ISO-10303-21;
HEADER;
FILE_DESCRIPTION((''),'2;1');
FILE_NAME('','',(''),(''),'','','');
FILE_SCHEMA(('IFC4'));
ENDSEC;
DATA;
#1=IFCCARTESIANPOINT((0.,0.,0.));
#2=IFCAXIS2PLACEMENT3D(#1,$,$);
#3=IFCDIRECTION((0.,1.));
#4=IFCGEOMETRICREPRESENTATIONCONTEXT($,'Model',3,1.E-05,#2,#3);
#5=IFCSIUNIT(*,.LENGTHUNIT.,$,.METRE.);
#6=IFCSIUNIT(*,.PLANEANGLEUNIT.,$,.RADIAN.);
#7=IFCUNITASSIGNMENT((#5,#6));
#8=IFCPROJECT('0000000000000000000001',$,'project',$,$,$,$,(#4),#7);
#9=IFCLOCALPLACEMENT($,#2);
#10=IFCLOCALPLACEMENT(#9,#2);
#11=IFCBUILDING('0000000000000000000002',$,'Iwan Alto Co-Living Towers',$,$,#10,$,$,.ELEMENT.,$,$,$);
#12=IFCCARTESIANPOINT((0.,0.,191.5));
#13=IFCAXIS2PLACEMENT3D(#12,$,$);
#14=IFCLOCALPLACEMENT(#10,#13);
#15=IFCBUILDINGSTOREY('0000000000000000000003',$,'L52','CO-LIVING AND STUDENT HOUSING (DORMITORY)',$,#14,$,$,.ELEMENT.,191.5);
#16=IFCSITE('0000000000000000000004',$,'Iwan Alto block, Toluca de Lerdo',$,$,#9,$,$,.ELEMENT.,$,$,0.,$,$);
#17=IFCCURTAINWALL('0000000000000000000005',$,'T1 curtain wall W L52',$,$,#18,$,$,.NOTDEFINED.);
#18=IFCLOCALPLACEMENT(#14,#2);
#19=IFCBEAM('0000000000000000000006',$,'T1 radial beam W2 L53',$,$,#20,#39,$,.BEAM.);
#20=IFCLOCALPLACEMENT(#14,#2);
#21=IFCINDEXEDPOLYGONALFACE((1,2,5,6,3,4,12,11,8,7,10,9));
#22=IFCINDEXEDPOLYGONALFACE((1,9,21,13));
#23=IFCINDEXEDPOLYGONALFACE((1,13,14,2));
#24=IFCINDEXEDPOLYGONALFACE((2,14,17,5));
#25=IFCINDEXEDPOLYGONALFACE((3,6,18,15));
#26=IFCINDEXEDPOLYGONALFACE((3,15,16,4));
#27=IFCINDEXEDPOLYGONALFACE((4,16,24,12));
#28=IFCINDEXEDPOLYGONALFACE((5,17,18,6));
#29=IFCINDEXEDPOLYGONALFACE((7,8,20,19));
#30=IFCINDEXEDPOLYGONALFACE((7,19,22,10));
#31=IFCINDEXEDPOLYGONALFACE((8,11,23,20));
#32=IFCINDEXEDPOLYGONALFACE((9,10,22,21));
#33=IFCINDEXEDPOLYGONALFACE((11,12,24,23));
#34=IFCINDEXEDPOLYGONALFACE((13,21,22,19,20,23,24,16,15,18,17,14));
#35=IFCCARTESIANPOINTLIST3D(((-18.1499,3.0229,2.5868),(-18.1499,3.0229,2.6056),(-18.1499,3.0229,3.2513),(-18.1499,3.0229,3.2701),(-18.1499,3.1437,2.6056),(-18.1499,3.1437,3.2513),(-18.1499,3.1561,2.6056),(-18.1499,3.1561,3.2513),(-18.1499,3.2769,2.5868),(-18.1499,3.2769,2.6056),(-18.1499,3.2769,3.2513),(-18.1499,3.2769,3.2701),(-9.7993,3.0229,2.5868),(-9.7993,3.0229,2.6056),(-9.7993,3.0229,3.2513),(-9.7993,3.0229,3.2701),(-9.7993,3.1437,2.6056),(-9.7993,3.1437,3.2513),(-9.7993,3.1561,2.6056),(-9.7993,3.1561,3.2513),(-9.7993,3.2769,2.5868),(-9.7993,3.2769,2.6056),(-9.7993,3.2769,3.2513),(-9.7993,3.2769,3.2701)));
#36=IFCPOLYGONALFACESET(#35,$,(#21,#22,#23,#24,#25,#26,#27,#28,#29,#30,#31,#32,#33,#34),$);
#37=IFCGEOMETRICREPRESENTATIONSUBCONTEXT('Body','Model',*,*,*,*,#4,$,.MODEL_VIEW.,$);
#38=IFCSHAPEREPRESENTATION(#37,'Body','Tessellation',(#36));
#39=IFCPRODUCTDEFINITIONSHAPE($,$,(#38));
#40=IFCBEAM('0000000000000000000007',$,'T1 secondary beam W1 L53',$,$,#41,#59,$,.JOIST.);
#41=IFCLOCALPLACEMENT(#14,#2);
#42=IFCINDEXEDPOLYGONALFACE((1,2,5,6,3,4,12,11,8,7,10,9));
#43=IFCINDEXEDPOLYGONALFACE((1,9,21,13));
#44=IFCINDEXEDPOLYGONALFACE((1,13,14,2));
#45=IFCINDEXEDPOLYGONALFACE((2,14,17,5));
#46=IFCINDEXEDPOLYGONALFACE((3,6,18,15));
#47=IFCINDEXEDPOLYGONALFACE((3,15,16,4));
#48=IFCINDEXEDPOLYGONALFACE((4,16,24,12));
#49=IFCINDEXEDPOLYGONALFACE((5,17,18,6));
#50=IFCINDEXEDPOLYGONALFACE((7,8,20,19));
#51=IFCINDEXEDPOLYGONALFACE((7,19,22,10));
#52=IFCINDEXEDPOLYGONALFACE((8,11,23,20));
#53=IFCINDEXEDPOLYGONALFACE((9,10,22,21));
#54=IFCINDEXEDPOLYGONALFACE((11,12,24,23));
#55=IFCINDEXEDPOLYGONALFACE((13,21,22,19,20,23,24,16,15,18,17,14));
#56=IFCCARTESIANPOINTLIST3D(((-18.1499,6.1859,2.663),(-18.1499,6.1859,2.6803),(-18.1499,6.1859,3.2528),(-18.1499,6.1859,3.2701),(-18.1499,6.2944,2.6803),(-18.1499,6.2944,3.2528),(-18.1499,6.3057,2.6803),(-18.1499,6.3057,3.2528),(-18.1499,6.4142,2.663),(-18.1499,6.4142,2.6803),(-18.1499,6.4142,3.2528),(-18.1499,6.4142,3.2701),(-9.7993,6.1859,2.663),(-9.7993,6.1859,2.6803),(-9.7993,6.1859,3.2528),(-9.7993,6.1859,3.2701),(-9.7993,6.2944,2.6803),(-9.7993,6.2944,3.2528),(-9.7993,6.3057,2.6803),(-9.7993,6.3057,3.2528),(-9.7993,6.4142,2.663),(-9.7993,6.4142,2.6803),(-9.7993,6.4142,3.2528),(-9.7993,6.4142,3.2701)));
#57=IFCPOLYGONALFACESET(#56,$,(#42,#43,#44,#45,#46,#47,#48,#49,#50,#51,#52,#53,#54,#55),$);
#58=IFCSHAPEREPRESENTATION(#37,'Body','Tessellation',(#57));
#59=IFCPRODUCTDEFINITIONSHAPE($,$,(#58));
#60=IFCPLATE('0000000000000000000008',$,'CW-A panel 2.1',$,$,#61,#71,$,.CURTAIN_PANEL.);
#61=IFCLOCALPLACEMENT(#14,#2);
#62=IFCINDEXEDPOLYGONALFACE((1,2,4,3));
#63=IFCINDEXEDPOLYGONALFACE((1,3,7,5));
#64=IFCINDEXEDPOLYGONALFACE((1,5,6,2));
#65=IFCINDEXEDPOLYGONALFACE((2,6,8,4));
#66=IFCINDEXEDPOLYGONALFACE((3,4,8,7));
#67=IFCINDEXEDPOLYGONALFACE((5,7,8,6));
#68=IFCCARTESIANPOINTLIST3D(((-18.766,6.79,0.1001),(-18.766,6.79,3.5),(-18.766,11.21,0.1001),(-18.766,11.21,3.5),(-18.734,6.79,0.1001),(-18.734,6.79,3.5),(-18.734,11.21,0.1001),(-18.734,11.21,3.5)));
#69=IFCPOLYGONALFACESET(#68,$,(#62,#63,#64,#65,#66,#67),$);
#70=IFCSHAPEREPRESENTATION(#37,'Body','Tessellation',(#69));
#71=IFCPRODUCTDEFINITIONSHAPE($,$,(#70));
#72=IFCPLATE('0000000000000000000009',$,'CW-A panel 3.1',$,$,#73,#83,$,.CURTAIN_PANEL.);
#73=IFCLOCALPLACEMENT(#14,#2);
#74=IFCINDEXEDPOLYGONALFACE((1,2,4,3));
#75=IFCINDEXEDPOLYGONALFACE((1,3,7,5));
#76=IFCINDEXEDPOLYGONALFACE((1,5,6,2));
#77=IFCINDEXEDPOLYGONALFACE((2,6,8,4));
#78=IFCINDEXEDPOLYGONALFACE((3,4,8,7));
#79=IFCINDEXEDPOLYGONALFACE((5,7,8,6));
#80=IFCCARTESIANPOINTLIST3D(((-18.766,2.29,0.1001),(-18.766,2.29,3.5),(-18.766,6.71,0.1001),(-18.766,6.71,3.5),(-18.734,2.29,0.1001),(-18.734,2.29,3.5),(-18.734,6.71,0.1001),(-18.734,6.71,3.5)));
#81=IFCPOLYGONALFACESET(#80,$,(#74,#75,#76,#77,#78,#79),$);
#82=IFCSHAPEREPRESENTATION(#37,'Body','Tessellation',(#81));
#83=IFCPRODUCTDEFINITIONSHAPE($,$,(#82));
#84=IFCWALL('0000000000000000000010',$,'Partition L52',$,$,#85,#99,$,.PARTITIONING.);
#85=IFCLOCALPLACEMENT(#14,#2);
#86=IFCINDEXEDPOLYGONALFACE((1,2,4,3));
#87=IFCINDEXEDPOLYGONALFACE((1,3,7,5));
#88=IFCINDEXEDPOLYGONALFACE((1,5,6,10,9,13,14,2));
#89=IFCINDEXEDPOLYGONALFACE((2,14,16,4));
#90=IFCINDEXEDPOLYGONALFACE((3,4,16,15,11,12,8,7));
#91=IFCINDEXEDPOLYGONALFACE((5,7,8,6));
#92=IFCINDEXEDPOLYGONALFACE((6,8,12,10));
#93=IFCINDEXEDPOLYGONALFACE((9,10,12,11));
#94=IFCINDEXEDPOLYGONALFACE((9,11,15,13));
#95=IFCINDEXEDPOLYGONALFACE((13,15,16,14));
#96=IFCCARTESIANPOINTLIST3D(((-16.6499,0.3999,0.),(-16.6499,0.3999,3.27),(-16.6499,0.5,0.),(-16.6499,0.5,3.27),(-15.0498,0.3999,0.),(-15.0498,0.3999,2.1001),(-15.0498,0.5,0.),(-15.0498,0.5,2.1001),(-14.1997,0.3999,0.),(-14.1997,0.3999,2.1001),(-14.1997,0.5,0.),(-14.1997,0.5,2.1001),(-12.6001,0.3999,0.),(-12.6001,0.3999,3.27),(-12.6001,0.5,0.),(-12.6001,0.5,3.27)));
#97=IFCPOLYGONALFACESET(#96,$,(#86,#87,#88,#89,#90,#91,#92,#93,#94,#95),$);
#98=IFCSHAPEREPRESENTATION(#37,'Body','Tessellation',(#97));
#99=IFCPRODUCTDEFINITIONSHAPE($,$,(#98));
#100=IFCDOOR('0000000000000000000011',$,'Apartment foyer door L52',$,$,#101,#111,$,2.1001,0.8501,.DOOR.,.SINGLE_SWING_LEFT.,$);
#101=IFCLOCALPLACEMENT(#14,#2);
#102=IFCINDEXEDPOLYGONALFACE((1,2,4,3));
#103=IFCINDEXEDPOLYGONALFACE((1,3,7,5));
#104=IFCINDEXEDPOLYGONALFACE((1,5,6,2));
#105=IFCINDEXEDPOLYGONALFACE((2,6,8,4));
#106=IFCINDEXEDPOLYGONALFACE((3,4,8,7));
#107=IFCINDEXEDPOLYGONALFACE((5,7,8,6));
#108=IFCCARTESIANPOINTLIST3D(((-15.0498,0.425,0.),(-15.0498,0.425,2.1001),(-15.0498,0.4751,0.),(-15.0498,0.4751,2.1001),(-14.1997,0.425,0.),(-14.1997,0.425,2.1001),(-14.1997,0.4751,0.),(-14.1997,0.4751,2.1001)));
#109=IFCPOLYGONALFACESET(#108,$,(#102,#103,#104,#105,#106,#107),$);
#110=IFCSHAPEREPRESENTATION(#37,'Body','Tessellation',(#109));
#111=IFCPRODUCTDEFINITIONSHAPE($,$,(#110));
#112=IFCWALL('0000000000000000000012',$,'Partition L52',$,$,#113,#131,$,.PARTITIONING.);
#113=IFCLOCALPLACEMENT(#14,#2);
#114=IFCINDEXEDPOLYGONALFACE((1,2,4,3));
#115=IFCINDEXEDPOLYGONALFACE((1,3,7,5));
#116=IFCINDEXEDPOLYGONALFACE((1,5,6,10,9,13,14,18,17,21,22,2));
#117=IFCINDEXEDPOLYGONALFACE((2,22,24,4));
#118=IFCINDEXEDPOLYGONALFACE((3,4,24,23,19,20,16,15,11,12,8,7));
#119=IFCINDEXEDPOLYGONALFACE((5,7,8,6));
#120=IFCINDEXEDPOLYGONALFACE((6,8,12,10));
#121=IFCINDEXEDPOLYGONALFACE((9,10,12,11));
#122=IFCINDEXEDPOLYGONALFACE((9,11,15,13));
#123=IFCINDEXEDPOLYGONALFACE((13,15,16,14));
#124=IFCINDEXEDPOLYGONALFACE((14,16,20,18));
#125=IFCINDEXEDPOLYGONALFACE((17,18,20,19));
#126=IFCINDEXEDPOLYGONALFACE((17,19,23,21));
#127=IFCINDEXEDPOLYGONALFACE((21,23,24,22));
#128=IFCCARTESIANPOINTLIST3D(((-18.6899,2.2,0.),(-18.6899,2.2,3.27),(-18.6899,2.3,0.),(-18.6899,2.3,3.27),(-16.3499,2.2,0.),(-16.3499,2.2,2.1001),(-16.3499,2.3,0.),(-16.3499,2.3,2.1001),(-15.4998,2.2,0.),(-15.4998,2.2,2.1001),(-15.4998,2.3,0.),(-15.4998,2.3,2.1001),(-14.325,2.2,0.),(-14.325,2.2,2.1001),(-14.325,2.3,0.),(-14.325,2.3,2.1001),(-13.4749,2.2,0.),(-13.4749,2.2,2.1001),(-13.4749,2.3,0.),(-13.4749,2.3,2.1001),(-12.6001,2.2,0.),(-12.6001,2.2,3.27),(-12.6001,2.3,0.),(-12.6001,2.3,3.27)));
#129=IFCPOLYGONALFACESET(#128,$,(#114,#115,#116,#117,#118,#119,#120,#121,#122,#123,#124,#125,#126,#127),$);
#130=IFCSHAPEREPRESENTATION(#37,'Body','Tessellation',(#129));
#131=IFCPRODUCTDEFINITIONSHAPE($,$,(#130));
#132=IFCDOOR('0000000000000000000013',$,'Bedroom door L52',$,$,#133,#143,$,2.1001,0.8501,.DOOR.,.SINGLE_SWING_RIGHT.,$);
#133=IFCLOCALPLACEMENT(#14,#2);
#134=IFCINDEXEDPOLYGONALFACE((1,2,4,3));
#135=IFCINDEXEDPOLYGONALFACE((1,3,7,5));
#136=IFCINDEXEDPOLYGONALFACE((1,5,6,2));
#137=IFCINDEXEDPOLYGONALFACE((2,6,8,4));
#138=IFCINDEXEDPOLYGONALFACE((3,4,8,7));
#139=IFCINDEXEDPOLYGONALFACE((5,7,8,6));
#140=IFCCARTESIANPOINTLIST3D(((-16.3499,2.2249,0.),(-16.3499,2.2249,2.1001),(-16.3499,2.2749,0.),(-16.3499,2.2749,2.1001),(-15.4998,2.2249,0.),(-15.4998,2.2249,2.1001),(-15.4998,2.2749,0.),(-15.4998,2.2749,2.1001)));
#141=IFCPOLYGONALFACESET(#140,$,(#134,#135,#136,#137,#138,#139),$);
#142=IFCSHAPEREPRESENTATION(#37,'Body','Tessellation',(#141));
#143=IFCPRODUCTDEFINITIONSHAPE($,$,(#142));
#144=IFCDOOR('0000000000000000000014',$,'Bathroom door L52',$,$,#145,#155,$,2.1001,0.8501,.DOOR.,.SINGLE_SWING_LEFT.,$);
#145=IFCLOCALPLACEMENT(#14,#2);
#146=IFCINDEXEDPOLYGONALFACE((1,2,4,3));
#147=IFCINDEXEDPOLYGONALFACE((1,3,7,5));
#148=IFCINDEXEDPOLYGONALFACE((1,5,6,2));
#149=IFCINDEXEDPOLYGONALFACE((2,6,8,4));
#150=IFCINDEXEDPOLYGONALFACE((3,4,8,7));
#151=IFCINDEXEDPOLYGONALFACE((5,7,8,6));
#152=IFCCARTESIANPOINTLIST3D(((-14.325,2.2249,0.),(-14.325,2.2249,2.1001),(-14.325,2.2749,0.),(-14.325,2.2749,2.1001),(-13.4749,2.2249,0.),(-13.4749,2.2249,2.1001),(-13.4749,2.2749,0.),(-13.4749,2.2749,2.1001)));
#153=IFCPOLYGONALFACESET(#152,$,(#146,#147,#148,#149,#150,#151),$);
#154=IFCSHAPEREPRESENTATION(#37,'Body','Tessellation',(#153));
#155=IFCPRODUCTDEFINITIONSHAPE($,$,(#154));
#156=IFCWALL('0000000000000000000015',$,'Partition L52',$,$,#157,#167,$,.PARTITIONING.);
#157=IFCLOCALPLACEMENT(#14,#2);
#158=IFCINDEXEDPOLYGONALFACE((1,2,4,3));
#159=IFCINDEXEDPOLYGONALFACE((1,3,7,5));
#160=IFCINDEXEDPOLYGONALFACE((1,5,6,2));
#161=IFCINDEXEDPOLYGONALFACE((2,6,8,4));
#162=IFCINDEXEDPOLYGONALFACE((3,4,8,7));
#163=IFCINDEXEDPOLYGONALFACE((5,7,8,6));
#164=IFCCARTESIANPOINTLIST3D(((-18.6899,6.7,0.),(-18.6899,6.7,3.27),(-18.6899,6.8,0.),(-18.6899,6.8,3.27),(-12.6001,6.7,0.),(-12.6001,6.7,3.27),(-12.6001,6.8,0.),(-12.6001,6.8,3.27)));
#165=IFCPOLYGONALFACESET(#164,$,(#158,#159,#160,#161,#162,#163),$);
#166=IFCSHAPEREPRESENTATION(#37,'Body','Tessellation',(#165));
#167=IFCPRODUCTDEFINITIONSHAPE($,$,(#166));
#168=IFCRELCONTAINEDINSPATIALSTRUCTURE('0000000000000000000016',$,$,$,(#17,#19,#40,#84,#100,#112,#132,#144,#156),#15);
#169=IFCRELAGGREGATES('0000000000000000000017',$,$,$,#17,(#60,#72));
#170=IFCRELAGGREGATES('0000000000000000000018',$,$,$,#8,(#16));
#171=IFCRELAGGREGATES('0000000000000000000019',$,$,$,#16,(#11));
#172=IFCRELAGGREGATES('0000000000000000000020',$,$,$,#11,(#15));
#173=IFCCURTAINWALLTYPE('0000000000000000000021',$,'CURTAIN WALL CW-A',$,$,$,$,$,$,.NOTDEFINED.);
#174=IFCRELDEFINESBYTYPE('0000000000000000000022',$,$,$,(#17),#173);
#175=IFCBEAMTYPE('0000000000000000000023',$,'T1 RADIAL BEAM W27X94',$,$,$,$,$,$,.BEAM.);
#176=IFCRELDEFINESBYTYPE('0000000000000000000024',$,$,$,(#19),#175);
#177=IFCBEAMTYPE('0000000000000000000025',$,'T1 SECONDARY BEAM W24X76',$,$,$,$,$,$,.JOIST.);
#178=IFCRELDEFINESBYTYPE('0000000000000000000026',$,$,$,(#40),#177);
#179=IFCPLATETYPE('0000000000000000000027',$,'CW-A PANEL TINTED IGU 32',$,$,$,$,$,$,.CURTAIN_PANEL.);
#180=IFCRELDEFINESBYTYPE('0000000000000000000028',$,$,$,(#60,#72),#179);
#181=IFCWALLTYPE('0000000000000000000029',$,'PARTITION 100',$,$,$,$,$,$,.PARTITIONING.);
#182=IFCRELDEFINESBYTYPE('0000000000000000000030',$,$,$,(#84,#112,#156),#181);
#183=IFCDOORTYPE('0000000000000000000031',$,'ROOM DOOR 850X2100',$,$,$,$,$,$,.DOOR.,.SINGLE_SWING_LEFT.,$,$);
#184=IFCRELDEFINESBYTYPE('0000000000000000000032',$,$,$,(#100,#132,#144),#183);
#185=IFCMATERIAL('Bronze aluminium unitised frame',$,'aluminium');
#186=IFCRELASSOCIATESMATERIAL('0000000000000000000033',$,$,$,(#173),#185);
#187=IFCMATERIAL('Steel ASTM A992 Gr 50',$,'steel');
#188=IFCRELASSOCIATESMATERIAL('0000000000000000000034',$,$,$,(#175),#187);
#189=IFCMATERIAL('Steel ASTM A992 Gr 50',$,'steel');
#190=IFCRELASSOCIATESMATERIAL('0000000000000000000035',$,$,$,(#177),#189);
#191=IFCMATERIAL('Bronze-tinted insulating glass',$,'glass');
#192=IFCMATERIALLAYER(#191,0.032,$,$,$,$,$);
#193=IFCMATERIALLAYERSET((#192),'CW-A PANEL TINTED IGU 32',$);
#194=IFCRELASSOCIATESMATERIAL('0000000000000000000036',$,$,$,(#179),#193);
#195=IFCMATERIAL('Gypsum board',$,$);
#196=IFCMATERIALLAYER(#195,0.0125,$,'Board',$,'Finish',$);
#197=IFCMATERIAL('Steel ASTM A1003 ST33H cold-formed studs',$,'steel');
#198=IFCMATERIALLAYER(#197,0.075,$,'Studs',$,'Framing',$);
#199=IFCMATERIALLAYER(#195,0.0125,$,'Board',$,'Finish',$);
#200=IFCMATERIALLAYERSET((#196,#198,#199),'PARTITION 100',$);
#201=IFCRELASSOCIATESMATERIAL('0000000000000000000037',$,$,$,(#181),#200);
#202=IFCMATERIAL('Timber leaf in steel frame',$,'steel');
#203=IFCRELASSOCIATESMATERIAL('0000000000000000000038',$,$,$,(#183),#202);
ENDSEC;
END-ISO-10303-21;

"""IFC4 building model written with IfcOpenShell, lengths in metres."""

from ifc_helpers import new_model, si_unit, direction, frame, frame_2d, origin, origin_2d, place, context, subcontext, project, spatial, rectangle, i_section, extrude, material, layer, layer_set, material_profile, profile_set, type_object, element, fill, aggregate, save


model = new_model("IFC4")

# Units and contexts
model_context = context("Model", 3, precision=1e-05, world=origin(), true_north=direction((0.0, 1.0)))
body_context = subcontext(model_context, "Body", "Model", "MODEL_VIEW")
ifc_project = project(units=[si_unit("LENGTHUNIT", "METRE"), si_unit("PLANEANGLEUNIT", "RADIAN")], contexts=[model_context])

# Site, building, storey
site_placement = place(None, origin())
site = spatial("IfcSite", under=ifc_project, at=site_placement, Name="Iwan Alto block, Toluca de Lerdo", CompositionType="ELEMENT", RefElevation=0.0)
building_placement = place(site_placement, origin())
building = spatial("IfcBuilding", under=site, at=building_placement, Name="Iwan Alto Co-Living Towers", CompositionType="ELEMENT")
storey_placement = place(building_placement, frame((0.0, 0.0, 191.5)))
storey = spatial("IfcBuildingStorey", under=building, at=storey_placement, Name="L52", Description="CO-LIVING AND STUDENT HOUSING (DORMITORY)", CompositionType="ELEMENT", Elevation=191.5)

# Curtain wall
ifc_material_1 = material(Name="Bronze aluminium unitised frame", Category="aluminium")
curtain_wall_type = type_object("IfcCurtainWallType", Name="CURTAIN WALL CW-A", PredefinedType="NOTDEFINED", material=ifc_material_1)
curtain_wall_placement = place(storey_placement, origin())
curtain_wall = element("IfcCurtainWall", 1, at=curtain_wall_placement, inside=storey, type_object=curtain_wall_type, Name="T1 curtain wall W L52", PredefinedType="NOTDEFINED")

# Beams
ifc_material_2 = material(Name="Steel ASTM A992 Gr 50", Category="steel")
ifc_material_profile_1 = material_profile(ifc_material_2, i_section(OverallWidth=0.2539, OverallDepth=0.6833, WebThickness=0.0125, FlangeThickness=0.0188, at=origin_2d()), Name="W27X94")
ifc_profile_set_1 = profile_set([ifc_material_profile_1], Name="Steel ASTM A992 Gr 50")
beam_type_1 = type_object("IfcBeamType", Name="T1 RADIAL BEAM W27X94", PredefinedType="BEAM", material=ifc_profile_set_1)
for number, where, z_axis, x_axis, name in (
    (2, (-18.1499, 3.1499, 2.9285), (1.0, 0.0, 0.0), (0.0, 1.0, 0.0), "T1 radial beam W2 L53"),
):
    element("IfcBeam", number, at=place(storey_placement, frame(where, z_axis=z_axis, x_axis=x_axis)), inside=storey, type_object=beam_type_1, Name=name, PredefinedType="BEAM", context=body_context, shape_type="SweptSolid", body=[
        extrude(i_section(OverallWidth=0.2539, OverallDepth=0.6833, WebThickness=0.0125, FlangeThickness=0.0188, at=origin_2d()), origin(), (0.0, 0.0, 1.0), 8.3506),
    ])
ifc_material_3 = material(Name="Steel ASTM A992 Gr 50", Category="steel")
ifc_material_profile_2 = material_profile(ifc_material_3, i_section(OverallWidth=0.2283, OverallDepth=0.6072, WebThickness=0.0112, FlangeThickness=0.0173, at=origin_2d()), Name="W24X76")
ifc_profile_set_2 = profile_set([ifc_material_profile_2], Name="Steel ASTM A992 Gr 50")
beam_type_2 = type_object("IfcBeamType", Name="T1 SECONDARY BEAM W24X76", PredefinedType="JOIST", material=ifc_profile_set_2)
beam_1_placement = place(storey_placement, frame((-18.1499, 6.3, 2.9666), z_axis=(1.0, 0.0, 0.0), x_axis=(0.0, 1.0, 0.0)))
element("IfcBeam", 3, at=beam_1_placement, inside=storey, type_object=beam_type_2, Name="T1 secondary beam W1 L53", PredefinedType="JOIST", context=body_context, shape_type="SweptSolid", body=[
    extrude(i_section(OverallWidth=0.2283, OverallDepth=0.6072, WebThickness=0.0112, FlangeThickness=0.0173, at=origin_2d()), origin(), (0.0, 0.0, 1.0), 8.3506),
])

# Plates
ifc_material_4 = material(Name="Bronze-tinted insulating glass", Category="glass")
ifc_layer_1 = layer(ifc_material_4, 0.032)
ifc_layer_set_1 = layer_set([ifc_layer_1], Name="CW-A PANEL TINTED IGU 32")
plate_type = type_object("IfcPlateType", Name="CW-A PANEL TINTED IGU 32", PredefinedType="CURTAIN_PANEL", material=ifc_layer_set_1)
plate_1_placement = place(storey_placement, frame((-18.75, 9.0, 0.1001), z_axis=(0.0, 0.0, 1.0), x_axis=(0.0, -1.0, 0.0)))
plate_1 = element("IfcPlate", 4, at=plate_1_placement, type_object=plate_type, Name="CW-A panel 2.1", PredefinedType="CURTAIN_PANEL", context=body_context, shape_type="SweptSolid", body=[
    extrude(rectangle(XDim=4.4199, YDim=0.032, at=origin_2d()), origin(), (0.0, 0.0, 1.0), 3.3999),
])
plate_2_placement = place(storey_placement, frame((-18.75, 4.5, 0.1001), z_axis=(0.0, 0.0, 1.0), x_axis=(0.0, -1.0, 0.0)))
plate_2 = element("IfcPlate", 5, at=plate_2_placement, type_object=plate_type, Name="CW-A panel 3.1", PredefinedType="CURTAIN_PANEL", context=body_context, shape_type="SweptSolid", body=[
    extrude(rectangle(XDim=4.4199, YDim=0.032, at=origin_2d()), origin(), (0.0, 0.0, 1.0), 3.3999),
])
aggregate(curtain_wall, [plate_1, plate_2])

# Wall, opening, door
ifc_material_5 = material(Name="Gypsum board")
ifc_layer_2 = layer(ifc_material_5, 0.0125, Name="Board", Category="Finish")
ifc_material_6 = material(Name="Steel ASTM A1003 ST33H cold-formed studs", Category="steel")
ifc_layer_3 = layer(ifc_material_6, 0.075, Name="Studs", Category="Framing")
ifc_layer_4 = layer(ifc_material_5, 0.0125, Name="Board", Category="Finish")
ifc_layer_set_2 = layer_set([ifc_layer_2, ifc_layer_3, ifc_layer_4], Name="PARTITION 100")
wall_type = type_object("IfcWallType", Name="PARTITION 100", PredefinedType="PARTITIONING", material=ifc_layer_set_2)
wall_1_placement = place(storey_placement, frame((-16.6499, 0.45, 0.0), z_axis=(0.0, 0.0, 1.0), x_axis=(1.0, 0.0, 0.0)))
wall_1 = element("IfcWall", 6, at=wall_1_placement, inside=storey, type_object=wall_type, Name="Partition L52", PredefinedType="PARTITIONING", context=body_context, shape_type="SweptSolid", body=[
    extrude(rectangle(XDim=4.0498, YDim=0.1001, at=frame_2d((2.0249, 0.0))), origin(), (0.0, 0.0, 1.0), 3.27),
])
opening_1_placement = place(wall_1_placement, frame((1.6001, 0.0, 0.0)))
opening_1 = element("IfcOpeningElement", 7, at=opening_1_placement, cuts=wall_1, PredefinedType="OPENING", context=body_context, shape_type="SweptSolid", body=[
    extrude(rectangle(XDim=0.8501, YDim=2.1001, at=frame_2d((0.425, 1.05))), frame((0.0, 0.0601, 0.0), z_axis=(0.0, -1.0, 0.0), x_axis=(1.0, 0.0, 0.0)), (0.0, 0.0, 1.0), 0.1201),
])
ifc_material_7 = material(Name="Timber leaf in steel frame", Category="steel")
door_type = type_object("IfcDoorType", Name="ROOM DOOR 850X2100", OperationType="SINGLE_SWING_LEFT", PredefinedType="DOOR", material=ifc_material_7)
door_1_placement = place(opening_1_placement, frame((0.8501, 0.0, 0.0), z_axis=(0.0, 0.0, 1.0), x_axis=(-1.0, 0.0, 0.0)))
door_1 = element("IfcDoor", 8, at=door_1_placement, inside=storey, type_object=door_type, Name="Apartment foyer door L52", OperationType="SINGLE_SWING_LEFT", OverallHeight=2.1001, OverallWidth=0.8501, PredefinedType="DOOR", context=body_context, shape_type="SweptSolid", body=[
    extrude(rectangle(XDim=0.8501, YDim=2.1001, at=frame_2d((0.425, 1.05))), frame((0.0, 0.0249, 0.0), z_axis=(0.0, -1.0, 0.0), x_axis=(1.0, 0.0, 0.0)), (0.0, 0.0, 1.0), 0.05),
])
fill(opening_1, door_1)

# Wall, openings, doors
wall_2_placement = place(storey_placement, frame((-18.6899, 2.25, 0.0), z_axis=(0.0, 0.0, 1.0), x_axis=(1.0, 0.0, 0.0)))
wall_2 = element("IfcWall", 9, at=wall_2_placement, inside=storey, type_object=wall_type, Name="Partition L52", PredefinedType="PARTITIONING", context=body_context, shape_type="SweptSolid", body=[
    extrude(rectangle(XDim=6.0898, YDim=0.1001, at=frame_2d((3.0449, 0.0))), origin(), (0.0, 0.0, 1.0), 3.27),
])
opening_2_placement = place(wall_2_placement, frame((2.3401, 0.0, 0.0)))
opening_2 = element("IfcOpeningElement", 10, at=opening_2_placement, cuts=wall_2, PredefinedType="OPENING", context=body_context, shape_type="SweptSolid", body=[
    extrude(rectangle(XDim=0.8501, YDim=2.1001, at=frame_2d((0.425, 1.05))), frame((0.0, 0.0601, 0.0), z_axis=(0.0, -1.0, 0.0), x_axis=(1.0, 0.0, 0.0)), (0.0, 0.0, 1.0), 0.1201),
])
opening_3_placement = place(wall_2_placement, frame((4.365, 0.0, 0.0)))
opening_3 = element("IfcOpeningElement", 11, at=opening_3_placement, cuts=wall_2, PredefinedType="OPENING", context=body_context, shape_type="SweptSolid", body=[
    extrude(rectangle(XDim=0.8501, YDim=2.1001, at=frame_2d((0.425, 1.05))), frame((0.0, 0.0601, 0.0), z_axis=(0.0, -1.0, 0.0), x_axis=(1.0, 0.0, 0.0)), (0.0, 0.0, 1.0), 0.1201),
])
door_2_placement = place(opening_2_placement, origin())
door_2 = element("IfcDoor", 12, at=door_2_placement, inside=storey, type_object=door_type, Name="Bedroom door L52", OperationType="SINGLE_SWING_RIGHT", OverallHeight=2.1001, OverallWidth=0.8501, PredefinedType="DOOR", context=body_context, shape_type="SweptSolid", body=[
    extrude(rectangle(XDim=0.8501, YDim=2.1001, at=frame_2d((0.425, 1.05))), frame((0.0, 0.0249, 0.0), z_axis=(0.0, -1.0, 0.0), x_axis=(1.0, 0.0, 0.0)), (0.0, 0.0, 1.0), 0.05),
])
fill(opening_2, door_2)
door_3_placement = place(opening_3_placement, origin())
door_3 = element("IfcDoor", 13, at=door_3_placement, inside=storey, type_object=door_type, Name="Bathroom door L52", OperationType="SINGLE_SWING_LEFT", OverallHeight=2.1001, OverallWidth=0.8501, PredefinedType="DOOR", context=body_context, shape_type="SweptSolid", body=[
    extrude(rectangle(XDim=0.8501, YDim=2.1001, at=frame_2d((0.425, 1.05))), frame((0.0, 0.0249, 0.0), z_axis=(0.0, -1.0, 0.0), x_axis=(1.0, 0.0, 0.0)), (0.0, 0.0, 1.0), 0.05),
])
fill(opening_3, door_3)

# Wall
wall_3_placement = place(storey_placement, frame((-18.6899, 6.75, 0.0), z_axis=(0.0, 0.0, 1.0), x_axis=(1.0, 0.0, 0.0)))
element("IfcWall", 14, at=wall_3_placement, inside=storey, type_object=wall_type, Name="Partition L52", PredefinedType="PARTITIONING", context=body_context, shape_type="SweptSolid", body=[
    extrude(rectangle(XDim=6.0898, YDim=0.1001, at=frame_2d((3.0449, 0.0))), origin(), (0.0, 0.0, 1.0), 3.27),
])

save(model, "model.ifc")
